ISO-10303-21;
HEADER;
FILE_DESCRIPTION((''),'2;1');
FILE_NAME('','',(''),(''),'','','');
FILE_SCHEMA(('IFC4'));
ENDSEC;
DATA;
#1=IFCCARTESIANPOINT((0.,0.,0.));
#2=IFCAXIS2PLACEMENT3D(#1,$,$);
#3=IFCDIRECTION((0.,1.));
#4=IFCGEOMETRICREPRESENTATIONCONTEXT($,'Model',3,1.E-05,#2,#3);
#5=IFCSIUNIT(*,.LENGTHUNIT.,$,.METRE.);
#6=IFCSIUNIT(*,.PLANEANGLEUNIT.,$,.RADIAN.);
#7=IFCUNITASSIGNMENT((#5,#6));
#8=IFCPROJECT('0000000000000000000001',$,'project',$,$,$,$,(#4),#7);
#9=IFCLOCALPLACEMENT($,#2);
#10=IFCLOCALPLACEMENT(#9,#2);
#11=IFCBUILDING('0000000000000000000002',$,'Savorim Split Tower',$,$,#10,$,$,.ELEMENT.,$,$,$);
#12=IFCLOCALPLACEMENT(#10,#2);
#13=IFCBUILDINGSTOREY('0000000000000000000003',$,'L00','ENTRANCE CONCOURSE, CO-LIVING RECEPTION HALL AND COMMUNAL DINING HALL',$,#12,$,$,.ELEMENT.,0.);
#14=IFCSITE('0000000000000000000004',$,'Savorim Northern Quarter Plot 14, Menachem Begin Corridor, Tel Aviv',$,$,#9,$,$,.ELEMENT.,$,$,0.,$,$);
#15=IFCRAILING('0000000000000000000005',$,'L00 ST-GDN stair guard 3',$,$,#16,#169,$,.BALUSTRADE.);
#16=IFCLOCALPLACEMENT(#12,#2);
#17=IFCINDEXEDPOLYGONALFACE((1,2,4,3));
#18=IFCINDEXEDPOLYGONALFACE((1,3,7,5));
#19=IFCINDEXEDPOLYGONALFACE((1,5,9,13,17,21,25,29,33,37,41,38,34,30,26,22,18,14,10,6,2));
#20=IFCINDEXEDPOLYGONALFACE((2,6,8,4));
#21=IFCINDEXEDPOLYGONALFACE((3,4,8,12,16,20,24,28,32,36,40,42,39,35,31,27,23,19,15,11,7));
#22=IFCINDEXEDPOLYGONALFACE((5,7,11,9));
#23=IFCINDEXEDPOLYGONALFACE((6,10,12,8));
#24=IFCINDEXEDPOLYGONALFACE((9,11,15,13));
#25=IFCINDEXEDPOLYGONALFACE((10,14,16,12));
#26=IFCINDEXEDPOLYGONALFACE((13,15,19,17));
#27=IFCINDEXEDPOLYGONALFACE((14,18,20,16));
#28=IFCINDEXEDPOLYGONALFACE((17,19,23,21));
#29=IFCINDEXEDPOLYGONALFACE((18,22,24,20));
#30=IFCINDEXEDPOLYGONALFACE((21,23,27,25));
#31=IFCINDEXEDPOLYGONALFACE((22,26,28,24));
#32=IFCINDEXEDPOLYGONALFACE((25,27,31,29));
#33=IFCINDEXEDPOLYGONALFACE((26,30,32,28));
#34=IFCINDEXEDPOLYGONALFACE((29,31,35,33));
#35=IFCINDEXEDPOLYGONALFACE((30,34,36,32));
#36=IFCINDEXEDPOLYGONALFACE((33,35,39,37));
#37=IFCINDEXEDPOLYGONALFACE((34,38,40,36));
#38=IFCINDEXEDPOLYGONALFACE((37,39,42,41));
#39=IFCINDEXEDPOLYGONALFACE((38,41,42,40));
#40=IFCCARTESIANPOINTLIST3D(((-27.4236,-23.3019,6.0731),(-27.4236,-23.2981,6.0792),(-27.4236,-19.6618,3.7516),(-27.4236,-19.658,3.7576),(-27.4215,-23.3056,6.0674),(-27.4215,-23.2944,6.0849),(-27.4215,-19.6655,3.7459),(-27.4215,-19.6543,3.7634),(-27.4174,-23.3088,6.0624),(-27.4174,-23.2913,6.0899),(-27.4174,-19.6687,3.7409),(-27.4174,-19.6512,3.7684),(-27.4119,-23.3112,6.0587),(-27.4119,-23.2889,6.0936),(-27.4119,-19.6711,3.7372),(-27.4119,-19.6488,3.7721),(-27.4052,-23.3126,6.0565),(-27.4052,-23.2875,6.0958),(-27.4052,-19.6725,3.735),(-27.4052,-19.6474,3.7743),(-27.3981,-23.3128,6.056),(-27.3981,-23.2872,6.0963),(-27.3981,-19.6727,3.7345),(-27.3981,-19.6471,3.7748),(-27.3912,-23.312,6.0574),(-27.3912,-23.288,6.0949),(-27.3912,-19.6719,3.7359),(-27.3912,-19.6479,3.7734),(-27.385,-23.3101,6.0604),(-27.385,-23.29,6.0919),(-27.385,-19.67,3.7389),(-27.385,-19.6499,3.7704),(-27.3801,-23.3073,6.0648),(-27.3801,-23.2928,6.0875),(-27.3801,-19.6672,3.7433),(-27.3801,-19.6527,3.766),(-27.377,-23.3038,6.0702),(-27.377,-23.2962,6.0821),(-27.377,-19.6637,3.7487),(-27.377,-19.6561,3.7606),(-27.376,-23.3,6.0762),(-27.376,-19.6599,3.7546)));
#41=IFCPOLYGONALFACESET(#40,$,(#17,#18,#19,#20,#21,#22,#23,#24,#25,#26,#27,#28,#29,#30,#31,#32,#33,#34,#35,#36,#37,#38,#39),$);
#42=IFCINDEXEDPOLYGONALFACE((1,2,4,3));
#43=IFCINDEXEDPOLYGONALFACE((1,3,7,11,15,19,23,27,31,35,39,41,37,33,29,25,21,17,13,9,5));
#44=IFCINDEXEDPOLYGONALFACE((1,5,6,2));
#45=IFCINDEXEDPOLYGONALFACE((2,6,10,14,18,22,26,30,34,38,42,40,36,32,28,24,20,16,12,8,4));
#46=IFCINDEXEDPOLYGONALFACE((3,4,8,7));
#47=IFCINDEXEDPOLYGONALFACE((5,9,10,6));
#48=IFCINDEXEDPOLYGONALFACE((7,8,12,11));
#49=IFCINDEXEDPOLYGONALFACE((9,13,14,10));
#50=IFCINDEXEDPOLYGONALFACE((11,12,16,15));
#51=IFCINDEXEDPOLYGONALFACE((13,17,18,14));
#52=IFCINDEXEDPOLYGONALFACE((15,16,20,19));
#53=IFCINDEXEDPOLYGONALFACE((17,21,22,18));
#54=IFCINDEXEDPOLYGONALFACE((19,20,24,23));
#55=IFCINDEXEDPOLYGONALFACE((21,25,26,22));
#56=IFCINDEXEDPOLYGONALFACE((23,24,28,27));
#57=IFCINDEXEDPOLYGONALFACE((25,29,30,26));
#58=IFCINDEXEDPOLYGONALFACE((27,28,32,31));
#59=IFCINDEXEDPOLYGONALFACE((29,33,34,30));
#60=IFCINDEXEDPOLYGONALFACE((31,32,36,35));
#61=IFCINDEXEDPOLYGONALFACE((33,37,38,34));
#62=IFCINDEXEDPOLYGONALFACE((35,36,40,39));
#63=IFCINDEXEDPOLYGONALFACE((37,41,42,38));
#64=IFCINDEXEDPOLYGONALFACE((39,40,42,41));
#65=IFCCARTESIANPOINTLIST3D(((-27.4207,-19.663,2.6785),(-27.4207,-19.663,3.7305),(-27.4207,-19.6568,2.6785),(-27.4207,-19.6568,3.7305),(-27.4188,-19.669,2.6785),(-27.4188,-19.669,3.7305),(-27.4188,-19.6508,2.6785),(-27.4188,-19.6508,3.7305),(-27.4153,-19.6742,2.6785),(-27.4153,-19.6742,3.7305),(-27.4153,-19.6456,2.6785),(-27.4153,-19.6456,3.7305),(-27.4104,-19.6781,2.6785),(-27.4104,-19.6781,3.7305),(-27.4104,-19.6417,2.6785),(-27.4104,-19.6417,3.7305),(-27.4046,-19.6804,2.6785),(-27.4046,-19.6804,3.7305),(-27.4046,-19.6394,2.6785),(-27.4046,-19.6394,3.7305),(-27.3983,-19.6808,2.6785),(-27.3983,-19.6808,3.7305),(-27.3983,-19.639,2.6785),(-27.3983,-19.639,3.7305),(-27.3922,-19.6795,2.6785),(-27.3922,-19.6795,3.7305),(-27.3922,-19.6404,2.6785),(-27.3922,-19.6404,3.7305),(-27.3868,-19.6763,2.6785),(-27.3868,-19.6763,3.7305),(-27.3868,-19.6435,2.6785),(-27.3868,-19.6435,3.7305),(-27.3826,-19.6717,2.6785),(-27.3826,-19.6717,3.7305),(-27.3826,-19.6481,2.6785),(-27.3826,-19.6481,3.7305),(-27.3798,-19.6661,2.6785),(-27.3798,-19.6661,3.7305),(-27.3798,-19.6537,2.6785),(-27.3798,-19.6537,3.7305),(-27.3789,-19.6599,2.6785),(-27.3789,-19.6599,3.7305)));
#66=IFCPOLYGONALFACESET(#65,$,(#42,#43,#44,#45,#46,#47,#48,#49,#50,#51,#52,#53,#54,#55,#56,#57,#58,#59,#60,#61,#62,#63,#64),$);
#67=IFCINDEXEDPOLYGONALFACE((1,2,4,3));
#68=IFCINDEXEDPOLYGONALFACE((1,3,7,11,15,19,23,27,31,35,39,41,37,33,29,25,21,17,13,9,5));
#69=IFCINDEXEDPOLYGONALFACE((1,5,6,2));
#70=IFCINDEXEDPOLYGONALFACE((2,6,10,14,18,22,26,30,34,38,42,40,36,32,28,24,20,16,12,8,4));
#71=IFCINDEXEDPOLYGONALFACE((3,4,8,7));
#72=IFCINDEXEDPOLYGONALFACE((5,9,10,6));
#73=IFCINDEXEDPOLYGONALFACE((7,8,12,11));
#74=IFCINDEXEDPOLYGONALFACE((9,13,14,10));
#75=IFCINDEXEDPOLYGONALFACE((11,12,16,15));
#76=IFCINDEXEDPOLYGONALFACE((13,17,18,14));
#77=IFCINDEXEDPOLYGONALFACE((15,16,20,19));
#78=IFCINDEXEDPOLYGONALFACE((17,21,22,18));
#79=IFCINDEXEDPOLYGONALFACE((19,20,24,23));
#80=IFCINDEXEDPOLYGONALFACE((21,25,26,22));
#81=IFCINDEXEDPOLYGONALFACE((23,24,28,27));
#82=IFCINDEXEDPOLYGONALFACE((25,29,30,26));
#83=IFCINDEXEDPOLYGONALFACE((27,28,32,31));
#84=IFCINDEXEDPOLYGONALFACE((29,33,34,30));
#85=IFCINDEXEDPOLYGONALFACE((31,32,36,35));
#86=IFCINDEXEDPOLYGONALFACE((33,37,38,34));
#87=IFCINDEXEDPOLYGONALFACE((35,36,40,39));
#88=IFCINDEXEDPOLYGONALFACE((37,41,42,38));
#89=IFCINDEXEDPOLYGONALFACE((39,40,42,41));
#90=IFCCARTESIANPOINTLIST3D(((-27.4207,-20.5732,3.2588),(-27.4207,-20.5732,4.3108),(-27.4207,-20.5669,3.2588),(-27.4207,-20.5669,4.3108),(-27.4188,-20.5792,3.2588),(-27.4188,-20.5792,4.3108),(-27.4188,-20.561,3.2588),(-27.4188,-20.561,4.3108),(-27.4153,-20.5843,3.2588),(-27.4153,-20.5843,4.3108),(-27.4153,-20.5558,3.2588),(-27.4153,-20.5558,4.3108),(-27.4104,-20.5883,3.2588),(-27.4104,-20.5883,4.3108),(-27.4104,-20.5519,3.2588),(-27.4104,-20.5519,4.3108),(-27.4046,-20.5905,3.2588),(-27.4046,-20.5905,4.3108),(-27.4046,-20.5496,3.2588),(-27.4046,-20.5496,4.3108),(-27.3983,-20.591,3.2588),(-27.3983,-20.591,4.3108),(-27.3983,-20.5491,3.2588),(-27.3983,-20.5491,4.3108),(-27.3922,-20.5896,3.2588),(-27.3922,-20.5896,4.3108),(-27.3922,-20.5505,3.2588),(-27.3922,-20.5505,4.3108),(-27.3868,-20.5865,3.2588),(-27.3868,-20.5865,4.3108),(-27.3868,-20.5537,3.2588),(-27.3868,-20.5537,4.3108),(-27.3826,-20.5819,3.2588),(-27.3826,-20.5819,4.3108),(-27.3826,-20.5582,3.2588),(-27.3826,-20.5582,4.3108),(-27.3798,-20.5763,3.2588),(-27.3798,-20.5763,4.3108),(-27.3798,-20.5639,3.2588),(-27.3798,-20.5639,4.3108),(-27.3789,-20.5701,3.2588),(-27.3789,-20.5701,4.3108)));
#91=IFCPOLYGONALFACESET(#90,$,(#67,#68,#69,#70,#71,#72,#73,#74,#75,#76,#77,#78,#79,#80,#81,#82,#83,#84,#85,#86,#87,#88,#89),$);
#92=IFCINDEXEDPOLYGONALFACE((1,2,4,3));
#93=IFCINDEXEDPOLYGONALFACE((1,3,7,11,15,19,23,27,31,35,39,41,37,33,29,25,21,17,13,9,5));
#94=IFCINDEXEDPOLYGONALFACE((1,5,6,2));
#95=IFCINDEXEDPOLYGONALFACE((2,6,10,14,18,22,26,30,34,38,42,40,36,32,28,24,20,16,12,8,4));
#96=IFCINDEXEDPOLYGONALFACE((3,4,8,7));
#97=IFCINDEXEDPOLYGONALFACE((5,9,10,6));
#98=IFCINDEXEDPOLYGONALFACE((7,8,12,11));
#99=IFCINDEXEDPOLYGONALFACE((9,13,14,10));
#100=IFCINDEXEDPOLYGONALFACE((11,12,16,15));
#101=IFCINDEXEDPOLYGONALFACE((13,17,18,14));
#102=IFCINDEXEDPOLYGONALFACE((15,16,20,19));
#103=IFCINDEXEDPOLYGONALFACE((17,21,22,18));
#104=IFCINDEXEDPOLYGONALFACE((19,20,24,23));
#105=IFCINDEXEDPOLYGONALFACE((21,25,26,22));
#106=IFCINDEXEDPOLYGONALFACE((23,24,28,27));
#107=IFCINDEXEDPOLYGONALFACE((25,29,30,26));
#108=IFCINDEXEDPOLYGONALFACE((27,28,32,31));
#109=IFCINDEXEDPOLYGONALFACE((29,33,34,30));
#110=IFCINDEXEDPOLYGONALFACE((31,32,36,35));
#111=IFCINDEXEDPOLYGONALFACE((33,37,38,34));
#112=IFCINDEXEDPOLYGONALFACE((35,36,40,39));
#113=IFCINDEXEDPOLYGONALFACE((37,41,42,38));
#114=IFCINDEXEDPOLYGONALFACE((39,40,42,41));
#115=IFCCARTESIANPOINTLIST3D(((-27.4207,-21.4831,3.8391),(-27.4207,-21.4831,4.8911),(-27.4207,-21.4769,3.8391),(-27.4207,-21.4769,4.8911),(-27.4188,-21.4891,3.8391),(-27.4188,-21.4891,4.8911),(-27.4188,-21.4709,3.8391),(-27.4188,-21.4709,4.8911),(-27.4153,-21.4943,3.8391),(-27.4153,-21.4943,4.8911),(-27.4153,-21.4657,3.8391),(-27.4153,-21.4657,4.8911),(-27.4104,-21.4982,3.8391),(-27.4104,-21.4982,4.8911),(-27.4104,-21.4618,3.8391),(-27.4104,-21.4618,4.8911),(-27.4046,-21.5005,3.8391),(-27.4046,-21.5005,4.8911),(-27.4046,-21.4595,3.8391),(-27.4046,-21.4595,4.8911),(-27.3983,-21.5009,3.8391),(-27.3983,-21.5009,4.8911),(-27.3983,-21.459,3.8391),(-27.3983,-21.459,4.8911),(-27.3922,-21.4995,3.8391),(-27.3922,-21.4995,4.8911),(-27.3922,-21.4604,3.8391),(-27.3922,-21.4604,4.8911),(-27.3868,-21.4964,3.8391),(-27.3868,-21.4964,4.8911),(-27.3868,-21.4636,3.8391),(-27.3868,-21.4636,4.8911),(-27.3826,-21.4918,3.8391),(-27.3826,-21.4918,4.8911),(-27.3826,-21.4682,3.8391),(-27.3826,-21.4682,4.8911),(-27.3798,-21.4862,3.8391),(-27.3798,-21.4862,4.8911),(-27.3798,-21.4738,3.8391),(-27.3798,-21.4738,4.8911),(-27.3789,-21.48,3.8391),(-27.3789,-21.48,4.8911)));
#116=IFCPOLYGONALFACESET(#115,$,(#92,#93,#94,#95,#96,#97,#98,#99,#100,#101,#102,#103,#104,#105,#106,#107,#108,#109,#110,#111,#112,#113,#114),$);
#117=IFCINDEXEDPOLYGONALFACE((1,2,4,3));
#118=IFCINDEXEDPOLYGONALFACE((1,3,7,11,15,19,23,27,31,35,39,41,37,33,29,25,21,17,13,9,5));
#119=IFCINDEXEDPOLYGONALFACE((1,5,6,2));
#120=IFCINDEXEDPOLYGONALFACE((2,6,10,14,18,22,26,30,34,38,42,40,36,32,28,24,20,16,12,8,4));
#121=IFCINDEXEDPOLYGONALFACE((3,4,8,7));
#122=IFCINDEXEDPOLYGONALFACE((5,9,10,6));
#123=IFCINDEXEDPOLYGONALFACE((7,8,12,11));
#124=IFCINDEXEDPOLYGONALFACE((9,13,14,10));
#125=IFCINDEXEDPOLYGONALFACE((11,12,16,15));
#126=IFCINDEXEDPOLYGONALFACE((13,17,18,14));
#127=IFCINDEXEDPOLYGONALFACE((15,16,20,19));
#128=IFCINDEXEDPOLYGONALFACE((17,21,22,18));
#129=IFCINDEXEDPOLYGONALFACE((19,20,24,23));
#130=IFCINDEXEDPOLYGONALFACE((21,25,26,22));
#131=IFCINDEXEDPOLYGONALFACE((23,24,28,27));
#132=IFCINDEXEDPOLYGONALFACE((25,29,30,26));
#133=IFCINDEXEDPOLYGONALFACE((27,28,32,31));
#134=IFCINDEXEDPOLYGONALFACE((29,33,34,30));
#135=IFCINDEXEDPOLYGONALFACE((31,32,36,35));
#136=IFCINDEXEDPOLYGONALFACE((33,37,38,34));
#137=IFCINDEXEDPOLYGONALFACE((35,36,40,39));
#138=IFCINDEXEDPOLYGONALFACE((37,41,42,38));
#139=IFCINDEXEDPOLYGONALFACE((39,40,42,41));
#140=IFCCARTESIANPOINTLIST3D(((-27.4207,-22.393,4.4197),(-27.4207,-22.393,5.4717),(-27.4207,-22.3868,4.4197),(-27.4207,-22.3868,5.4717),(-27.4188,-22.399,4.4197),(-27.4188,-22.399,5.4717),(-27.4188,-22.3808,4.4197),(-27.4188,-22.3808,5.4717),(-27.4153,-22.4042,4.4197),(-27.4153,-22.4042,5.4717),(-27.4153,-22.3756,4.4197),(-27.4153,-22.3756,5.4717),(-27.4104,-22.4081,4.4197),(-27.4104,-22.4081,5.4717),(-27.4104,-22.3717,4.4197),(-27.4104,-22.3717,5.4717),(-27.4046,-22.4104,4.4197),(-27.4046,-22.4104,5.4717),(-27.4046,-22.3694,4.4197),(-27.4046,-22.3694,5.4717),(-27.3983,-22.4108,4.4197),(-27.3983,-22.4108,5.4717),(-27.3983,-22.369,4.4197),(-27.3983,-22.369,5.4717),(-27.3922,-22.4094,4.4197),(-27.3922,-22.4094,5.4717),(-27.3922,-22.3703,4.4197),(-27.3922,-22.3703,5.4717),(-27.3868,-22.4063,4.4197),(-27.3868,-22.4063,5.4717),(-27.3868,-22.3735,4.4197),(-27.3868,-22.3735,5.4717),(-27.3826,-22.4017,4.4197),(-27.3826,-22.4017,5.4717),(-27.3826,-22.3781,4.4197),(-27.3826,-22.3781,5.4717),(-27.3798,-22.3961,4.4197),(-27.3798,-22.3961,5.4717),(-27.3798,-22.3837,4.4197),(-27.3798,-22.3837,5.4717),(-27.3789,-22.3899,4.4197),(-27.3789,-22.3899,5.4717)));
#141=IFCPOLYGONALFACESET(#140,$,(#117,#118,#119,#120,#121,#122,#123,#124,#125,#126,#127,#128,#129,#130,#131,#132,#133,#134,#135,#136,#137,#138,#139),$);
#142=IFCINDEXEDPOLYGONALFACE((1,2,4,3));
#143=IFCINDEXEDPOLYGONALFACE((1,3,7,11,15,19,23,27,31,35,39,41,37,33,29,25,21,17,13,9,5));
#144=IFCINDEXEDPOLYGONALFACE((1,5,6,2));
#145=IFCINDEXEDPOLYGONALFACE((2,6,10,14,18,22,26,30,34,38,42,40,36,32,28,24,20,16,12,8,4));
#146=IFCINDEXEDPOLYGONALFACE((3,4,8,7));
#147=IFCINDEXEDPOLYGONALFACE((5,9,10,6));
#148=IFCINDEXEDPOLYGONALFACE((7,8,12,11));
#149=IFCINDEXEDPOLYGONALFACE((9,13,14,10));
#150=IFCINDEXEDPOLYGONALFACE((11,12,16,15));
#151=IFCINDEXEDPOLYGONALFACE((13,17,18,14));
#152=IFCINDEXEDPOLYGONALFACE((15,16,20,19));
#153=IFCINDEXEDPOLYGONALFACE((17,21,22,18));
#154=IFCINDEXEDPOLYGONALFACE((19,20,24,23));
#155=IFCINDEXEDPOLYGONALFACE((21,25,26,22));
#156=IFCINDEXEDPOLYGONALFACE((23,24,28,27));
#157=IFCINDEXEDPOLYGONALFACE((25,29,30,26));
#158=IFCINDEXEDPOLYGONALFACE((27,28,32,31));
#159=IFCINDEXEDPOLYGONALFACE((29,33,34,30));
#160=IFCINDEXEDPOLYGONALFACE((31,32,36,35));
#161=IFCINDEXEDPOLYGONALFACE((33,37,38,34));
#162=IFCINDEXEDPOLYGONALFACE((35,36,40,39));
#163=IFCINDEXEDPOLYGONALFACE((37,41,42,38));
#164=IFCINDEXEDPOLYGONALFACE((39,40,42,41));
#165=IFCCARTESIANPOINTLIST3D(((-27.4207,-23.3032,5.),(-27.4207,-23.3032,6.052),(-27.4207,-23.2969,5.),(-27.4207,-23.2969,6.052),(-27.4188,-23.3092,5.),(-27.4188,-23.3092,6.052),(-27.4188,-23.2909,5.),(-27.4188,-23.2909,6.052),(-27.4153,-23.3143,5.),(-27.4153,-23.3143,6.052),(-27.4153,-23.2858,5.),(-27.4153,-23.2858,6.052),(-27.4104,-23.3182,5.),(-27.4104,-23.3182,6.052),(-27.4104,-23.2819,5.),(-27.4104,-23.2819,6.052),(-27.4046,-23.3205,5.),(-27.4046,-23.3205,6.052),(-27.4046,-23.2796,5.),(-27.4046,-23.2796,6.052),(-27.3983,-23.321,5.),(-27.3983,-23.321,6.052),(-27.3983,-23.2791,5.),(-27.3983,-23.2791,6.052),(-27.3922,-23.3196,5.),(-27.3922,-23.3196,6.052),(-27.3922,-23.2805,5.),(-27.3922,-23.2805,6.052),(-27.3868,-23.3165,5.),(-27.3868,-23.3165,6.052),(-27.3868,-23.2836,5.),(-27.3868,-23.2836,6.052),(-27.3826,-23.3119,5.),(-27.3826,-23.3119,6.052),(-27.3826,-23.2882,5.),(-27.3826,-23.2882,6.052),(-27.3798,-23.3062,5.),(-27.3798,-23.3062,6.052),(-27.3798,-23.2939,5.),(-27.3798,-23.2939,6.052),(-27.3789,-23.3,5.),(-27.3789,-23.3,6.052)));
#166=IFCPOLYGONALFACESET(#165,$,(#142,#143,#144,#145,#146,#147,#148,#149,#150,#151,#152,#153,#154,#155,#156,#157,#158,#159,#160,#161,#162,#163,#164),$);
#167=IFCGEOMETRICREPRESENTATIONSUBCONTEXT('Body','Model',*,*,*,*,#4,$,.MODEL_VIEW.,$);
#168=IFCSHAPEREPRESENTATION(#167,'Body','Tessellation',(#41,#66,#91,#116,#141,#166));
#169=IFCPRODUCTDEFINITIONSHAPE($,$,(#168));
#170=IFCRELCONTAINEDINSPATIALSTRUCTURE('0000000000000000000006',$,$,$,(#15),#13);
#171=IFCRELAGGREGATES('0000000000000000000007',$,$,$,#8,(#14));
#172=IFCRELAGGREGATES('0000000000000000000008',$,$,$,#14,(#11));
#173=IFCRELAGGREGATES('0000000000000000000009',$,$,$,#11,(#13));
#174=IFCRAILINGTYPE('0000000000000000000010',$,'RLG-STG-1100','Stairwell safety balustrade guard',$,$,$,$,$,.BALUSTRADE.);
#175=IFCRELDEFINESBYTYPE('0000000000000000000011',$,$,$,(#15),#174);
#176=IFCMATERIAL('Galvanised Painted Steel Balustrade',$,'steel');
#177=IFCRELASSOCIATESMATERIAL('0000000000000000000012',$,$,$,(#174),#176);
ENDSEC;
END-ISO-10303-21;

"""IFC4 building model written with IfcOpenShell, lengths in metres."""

from ifc_helpers import new_model, si_unit, direction, frame, origin, origin_2d, place, context, subcontext, project, spatial, circle, extrude, material, type_object, element, save


model = new_model("IFC4")

# Units and contexts
model_context = context("Model", 3, precision=1e-05, world=origin(), true_north=direction((0.0, 1.0)))
body_context = subcontext(model_context, "Body", "Model", "MODEL_VIEW")
ifc_project = project(units=[si_unit("LENGTHUNIT", "METRE"), si_unit("PLANEANGLEUNIT", "RADIAN")], contexts=[model_context])

# Site, building, storey
site_placement = place(None, origin())
site = spatial("IfcSite", under=ifc_project, at=site_placement, Name="Savorim Northern Quarter Plot 14, Menachem Begin Corridor, Tel Aviv", CompositionType="ELEMENT", RefElevation=0.0)
building_placement = place(site_placement, origin())
building = spatial("IfcBuilding", under=site, at=building_placement, Name="Savorim Split Tower", CompositionType="ELEMENT")
storey_placement = place(building_placement, origin())
storey = spatial("IfcBuildingStorey", under=building, at=storey_placement, Name="L00", Description="ENTRANCE CONCOURSE, CO-LIVING RECEPTION HALL AND COMMUNAL DINING HALL", CompositionType="ELEMENT", Elevation=0.0)

# Railing
ifc_material_1 = material(Name="Galvanised Painted Steel Balustrade", Category="steel")
railing_type_1 = type_object("IfcRailingType", Name="RLG-STG-1100", Description="Stairwell safety balustrade guard", PredefinedType="BALUSTRADE", material=ifc_material_1)
railing_1_placement = place(storey_placement, frame((-27.3999, -19.6599, 2.6785)))
element("IfcRailing", 1, at=railing_1_placement, inside=storey, type_object=railing_type_1, Name="L00 ST-GDN stair guard 3", PredefinedType="BALUSTRADE", context=body_context, shape_type="SweptSolid", body=[
    extrude(circle(Radius=0.0239, at=origin_2d()), frame((0.0, 0.0, 1.0762), z_axis=(0.0, -0.843128, 0.537713), x_axis=(1.0, 0.0, 0.0)), (0.0, 0.0, 1.0), 4.3174),
    extrude(circle(Radius=0.021, at=origin_2d()), origin(), (0.0, 0.0, 1.0), 1.052),
    extrude(circle(Radius=0.021, at=origin_2d()), frame((0.0, -0.9102, 0.5803)), (0.0, 0.0, 1.0), 1.052),
    extrude(circle(Radius=0.021, at=origin_2d()), frame((0.0, -1.8201, 1.1606)), (0.0, 0.0, 1.0), 1.052),
    extrude(circle(Radius=0.021, at=origin_2d()), frame((0.0, -2.73, 1.7412)), (0.0, 0.0, 1.0), 1.052),
    extrude(circle(Radius=0.021, at=origin_2d()), frame((0.0, -3.6401, 2.3215)), (0.0, 0.0, 1.0), 1.052),
])

save(model, "model.ifc")
